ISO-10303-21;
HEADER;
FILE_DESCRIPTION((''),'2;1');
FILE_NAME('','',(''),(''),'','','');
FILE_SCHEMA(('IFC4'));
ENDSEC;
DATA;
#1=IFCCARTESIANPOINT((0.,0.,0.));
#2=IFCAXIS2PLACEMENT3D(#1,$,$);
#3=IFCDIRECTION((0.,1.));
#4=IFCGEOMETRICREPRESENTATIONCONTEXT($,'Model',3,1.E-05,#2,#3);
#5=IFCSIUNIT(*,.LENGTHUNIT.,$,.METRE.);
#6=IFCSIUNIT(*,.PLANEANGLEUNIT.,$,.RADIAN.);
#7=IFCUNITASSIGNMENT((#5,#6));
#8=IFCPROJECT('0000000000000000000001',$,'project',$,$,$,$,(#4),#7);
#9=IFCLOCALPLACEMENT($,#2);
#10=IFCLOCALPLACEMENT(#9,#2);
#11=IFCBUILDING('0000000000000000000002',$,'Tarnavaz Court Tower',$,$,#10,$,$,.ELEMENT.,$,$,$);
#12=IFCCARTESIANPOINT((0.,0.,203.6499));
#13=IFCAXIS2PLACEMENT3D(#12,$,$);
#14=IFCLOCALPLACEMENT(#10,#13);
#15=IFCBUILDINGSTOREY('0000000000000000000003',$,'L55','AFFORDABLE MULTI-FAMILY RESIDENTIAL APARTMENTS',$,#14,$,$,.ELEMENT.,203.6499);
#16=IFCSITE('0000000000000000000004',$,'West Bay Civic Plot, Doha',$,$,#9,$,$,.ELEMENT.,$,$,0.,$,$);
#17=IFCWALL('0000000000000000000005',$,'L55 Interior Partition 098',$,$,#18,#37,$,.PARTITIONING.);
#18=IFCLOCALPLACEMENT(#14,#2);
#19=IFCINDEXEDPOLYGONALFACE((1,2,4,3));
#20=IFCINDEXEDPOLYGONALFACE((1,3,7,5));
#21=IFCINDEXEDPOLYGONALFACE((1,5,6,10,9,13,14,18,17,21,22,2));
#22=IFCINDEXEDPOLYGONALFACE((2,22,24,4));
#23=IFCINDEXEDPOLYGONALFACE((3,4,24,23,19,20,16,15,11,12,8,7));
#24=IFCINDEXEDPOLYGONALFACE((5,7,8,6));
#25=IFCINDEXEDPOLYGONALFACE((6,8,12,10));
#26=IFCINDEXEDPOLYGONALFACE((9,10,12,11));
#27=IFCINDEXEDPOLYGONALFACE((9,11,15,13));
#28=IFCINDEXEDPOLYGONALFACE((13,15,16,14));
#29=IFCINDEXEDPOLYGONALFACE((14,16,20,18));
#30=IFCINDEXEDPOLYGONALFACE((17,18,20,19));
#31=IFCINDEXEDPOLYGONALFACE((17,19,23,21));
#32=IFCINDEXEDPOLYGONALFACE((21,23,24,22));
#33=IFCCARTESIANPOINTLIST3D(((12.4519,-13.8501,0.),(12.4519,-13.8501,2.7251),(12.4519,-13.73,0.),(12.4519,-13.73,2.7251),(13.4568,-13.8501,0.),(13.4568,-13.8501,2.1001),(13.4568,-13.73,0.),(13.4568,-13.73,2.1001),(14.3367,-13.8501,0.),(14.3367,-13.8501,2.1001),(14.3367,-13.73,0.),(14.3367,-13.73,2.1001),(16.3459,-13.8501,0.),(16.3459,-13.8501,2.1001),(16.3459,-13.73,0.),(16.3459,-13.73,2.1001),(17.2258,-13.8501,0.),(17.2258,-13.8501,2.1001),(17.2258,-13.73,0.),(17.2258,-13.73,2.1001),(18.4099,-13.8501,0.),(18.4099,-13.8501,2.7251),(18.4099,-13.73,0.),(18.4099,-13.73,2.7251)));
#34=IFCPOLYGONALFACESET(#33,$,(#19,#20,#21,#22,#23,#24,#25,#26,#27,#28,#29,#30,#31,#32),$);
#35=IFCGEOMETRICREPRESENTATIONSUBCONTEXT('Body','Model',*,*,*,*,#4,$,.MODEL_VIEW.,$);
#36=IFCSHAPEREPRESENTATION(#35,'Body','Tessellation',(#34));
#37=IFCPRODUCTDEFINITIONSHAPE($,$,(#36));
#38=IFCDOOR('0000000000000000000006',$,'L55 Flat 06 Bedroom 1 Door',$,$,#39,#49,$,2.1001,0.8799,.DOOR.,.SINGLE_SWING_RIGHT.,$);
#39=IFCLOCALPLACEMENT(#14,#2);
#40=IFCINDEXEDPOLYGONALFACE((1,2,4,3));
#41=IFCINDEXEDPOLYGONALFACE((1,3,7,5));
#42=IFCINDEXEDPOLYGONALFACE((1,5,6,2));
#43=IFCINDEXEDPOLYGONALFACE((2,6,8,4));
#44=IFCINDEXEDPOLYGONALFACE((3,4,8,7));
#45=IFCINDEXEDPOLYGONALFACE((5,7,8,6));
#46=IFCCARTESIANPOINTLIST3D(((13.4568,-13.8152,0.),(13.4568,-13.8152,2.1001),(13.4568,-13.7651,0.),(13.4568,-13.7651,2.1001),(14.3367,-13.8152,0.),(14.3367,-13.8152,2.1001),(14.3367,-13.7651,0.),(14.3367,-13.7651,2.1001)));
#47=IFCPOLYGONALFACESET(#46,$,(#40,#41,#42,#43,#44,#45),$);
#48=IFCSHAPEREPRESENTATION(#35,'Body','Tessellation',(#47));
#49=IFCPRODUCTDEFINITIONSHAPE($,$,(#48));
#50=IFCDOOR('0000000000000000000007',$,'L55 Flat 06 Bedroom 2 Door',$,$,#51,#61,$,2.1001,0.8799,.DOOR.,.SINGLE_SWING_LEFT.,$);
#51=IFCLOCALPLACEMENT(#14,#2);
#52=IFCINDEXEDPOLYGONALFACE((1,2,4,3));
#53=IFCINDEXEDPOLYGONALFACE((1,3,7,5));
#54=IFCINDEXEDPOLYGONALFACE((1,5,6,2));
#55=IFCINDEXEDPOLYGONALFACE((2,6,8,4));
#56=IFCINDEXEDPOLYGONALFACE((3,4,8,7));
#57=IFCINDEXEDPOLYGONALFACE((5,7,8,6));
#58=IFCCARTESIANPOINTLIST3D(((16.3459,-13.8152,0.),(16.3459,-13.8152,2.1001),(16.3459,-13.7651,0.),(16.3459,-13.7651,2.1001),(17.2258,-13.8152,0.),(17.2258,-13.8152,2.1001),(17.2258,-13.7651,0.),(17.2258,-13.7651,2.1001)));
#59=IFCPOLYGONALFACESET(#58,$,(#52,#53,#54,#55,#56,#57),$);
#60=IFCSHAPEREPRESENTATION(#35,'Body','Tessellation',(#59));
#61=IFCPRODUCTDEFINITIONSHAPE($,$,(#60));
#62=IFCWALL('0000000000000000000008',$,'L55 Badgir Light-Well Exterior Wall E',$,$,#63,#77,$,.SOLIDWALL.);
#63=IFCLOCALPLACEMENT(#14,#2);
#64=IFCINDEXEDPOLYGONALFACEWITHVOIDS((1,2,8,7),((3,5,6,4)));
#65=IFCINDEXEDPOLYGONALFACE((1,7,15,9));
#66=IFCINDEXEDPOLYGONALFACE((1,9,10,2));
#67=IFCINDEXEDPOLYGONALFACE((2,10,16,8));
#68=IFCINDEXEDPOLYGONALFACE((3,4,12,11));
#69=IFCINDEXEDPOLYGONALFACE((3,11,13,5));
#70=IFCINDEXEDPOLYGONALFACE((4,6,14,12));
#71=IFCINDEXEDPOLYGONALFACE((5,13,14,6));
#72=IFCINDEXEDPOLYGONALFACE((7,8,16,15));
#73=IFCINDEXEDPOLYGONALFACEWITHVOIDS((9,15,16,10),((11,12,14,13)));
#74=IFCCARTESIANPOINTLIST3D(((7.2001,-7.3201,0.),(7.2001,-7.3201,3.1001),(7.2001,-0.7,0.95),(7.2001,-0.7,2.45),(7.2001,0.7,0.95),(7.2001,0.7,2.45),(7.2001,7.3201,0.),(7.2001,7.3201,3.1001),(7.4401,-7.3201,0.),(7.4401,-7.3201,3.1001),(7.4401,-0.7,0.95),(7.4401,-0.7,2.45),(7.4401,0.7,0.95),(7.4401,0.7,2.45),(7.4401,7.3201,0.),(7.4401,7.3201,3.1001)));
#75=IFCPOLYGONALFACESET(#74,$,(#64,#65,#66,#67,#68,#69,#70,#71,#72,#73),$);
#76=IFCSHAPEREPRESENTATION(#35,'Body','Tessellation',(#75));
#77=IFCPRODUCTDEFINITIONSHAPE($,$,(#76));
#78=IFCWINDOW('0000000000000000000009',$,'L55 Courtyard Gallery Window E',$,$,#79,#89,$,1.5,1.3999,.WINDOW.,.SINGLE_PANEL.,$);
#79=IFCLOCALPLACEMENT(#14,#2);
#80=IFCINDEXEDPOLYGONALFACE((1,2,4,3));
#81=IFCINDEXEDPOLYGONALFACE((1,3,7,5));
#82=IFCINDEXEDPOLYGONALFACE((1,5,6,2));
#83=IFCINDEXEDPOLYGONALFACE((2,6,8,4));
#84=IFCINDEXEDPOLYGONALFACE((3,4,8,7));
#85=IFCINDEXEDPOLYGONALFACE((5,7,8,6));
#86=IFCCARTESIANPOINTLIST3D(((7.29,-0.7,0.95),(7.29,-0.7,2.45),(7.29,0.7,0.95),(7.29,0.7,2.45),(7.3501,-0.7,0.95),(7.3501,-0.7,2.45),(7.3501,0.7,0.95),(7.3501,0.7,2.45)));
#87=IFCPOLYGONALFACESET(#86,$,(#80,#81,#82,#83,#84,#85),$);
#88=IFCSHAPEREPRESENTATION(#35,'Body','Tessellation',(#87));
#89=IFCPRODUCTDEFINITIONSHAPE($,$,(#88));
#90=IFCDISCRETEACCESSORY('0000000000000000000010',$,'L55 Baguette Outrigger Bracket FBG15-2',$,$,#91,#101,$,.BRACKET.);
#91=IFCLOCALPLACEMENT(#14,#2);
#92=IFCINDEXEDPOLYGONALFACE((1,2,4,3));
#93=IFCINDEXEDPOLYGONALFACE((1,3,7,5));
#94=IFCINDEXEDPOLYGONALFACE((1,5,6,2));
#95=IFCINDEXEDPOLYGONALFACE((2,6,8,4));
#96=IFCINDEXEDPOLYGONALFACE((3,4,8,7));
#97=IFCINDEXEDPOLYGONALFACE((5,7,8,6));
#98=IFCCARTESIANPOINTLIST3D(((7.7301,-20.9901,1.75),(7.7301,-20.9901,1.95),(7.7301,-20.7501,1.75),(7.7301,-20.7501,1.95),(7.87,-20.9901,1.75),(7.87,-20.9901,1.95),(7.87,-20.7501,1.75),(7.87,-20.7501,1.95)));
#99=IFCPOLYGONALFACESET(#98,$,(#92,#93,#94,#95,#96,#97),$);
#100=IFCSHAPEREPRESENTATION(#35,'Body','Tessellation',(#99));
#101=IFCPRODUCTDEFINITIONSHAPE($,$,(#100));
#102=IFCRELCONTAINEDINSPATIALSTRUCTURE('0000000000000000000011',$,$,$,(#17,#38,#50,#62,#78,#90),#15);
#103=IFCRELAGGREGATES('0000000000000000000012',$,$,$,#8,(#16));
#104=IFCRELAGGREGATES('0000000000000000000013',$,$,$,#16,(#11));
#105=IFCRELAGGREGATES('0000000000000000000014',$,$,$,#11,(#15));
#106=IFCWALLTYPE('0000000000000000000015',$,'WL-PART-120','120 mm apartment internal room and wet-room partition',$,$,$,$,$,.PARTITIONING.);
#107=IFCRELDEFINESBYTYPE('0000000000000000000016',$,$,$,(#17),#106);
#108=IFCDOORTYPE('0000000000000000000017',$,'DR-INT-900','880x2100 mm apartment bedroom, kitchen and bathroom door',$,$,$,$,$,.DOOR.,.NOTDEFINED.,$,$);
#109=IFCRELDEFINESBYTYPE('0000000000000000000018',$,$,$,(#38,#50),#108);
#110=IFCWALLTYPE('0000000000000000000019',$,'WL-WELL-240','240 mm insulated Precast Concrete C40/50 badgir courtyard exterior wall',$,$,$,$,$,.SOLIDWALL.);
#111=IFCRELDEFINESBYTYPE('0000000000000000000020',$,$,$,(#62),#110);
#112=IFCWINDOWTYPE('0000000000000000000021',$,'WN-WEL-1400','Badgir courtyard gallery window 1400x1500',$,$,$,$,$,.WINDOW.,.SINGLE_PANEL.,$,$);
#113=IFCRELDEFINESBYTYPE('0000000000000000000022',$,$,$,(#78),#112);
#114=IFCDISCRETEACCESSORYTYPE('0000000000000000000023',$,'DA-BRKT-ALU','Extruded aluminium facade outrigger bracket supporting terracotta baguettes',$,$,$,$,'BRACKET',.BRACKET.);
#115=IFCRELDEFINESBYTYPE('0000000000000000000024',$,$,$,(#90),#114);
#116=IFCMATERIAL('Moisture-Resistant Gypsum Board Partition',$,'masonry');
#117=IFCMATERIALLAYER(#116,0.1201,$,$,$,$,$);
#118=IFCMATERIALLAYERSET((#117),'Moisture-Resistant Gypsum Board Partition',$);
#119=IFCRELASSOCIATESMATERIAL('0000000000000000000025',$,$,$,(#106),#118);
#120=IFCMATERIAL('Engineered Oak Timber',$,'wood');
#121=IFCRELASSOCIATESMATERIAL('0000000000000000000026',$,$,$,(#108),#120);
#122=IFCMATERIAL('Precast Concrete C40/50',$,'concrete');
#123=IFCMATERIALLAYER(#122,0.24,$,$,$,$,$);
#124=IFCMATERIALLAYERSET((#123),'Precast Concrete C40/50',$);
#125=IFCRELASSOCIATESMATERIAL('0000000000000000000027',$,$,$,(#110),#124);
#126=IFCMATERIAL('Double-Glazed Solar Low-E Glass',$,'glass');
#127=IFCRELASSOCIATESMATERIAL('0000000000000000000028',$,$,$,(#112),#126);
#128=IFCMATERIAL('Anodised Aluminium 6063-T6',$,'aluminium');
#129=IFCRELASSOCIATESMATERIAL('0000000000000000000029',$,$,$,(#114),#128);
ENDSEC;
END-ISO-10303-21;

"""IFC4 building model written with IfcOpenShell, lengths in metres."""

from ifc_helpers import new_model, si_unit, direction, frame, frame_2d, origin, origin_2d, place, context, subcontext, project, spatial, rectangle, extrude, material, layer, layer_set, type_object, element, fill, save


model = new_model("IFC4")

# Units and contexts
model_context = context("Model", 3, precision=1e-05, world=origin(), true_north=direction((0.0, 1.0)))
body_context = subcontext(model_context, "Body", "Model", "MODEL_VIEW")
ifc_project = project(units=[si_unit("LENGTHUNIT", "METRE"), si_unit("PLANEANGLEUNIT", "RADIAN")], contexts=[model_context])

# Site, building, storey
site_placement = place(None, origin())
site = spatial("IfcSite", under=ifc_project, at=site_placement, Name="West Bay Civic Plot, Doha", CompositionType="ELEMENT", RefElevation=0.0)
building_placement = place(site_placement, origin())
building = spatial("IfcBuilding", under=site, at=building_placement, Name="Tarnavaz Court Tower", CompositionType="ELEMENT")
storey_placement = place(building_placement, frame((0.0, 0.0, 203.6499)))
storey = spatial("IfcBuildingStorey", under=building, at=storey_placement, Name="L55", Description="AFFORDABLE MULTI-FAMILY RESIDENTIAL APARTMENTS", CompositionType="ELEMENT", Elevation=203.6499)

# Shared definitions
ifc_material_1 = material(Name="Precast Concrete C40/50", Category="concrete")

# Wall, openings, doors
ifc_material_2 = material(Name="Moisture-Resistant Gypsum Board Partition", Category="masonry")
ifc_layer_1 = layer(ifc_material_2, 0.1201)
ifc_layer_set_1 = layer_set([ifc_layer_1], Name="Moisture-Resistant Gypsum Board Partition")
wall_type_1 = type_object("IfcWallType", Name="WL-PART-120", Description="120 mm apartment internal room and wet-room partition", PredefinedType="PARTITIONING", material=ifc_layer_set_1)
wall_1_placement = place(storey_placement, frame((12.4519, -13.79, 0.0), z_axis=(0.0, 0.0, 1.0), x_axis=(1.0, 0.0, 0.0)))
wall_1 = element("IfcWall", 1, at=wall_1_placement, inside=storey, type_object=wall_type_1, Name="L55 Interior Partition 098", PredefinedType="PARTITIONING", context=body_context, shape_type="SweptSolid", body=[
    extrude(rectangle(XDim=5.958, YDim=0.1201, at=frame_2d((2.979, 0.0))), origin(), (0.0, 0.0, 1.0), 2.7251),
])
opening_1_placement = place(wall_1_placement, frame((1.0049, 0.0, 0.0)))
opening_1 = element("IfcOpeningElement", 2, at=opening_1_placement, cuts=wall_1, PredefinedType="OPENING", context=body_context, shape_type="SweptSolid", body=[
    extrude(rectangle(XDim=0.8799, YDim=2.1001, at=frame_2d((0.4399, 1.05))), frame((0.0, 0.0701, 0.0), z_axis=(0.0, -1.0, 0.0), x_axis=(1.0, 0.0, 0.0)), (0.0, 0.0, 1.0), 0.1401),
])
opening_2_placement = place(wall_1_placement, frame((3.894, 0.0, 0.0)))
opening_2 = element("IfcOpeningElement", 3, at=opening_2_placement, cuts=wall_1, PredefinedType="OPENING", context=body_context, shape_type="SweptSolid", body=[
    extrude(rectangle(XDim=0.8799, YDim=2.1001, at=frame_2d((0.4399, 1.05))), frame((0.0, 0.0701, 0.0), z_axis=(0.0, -1.0, 0.0), x_axis=(1.0, 0.0, 0.0)), (0.0, 0.0, 1.0), 0.1401),
])
ifc_material_3 = material(Name="Engineered Oak Timber", Category="wood")
door_type_1 = type_object("IfcDoorType", Name="DR-INT-900", Description="880x2100 mm apartment bedroom, kitchen and bathroom door", OperationType="NOTDEFINED", PredefinedType="DOOR", material=ifc_material_3)
door_1_placement = place(opening_1_placement, origin())
door_1 = element("IfcDoor", 4, at=door_1_placement, inside=storey, type_object=door_type_1, Name="L55 Flat 06 Bedroom 1 Door", OperationType="SINGLE_SWING_RIGHT", OverallHeight=2.1001, OverallWidth=0.8799, PredefinedType="DOOR", context=body_context, shape_type="SweptSolid", body=[
    extrude(rectangle(XDim=0.8799, YDim=2.1001, at=frame_2d((0.4399, 1.05))), frame((0.0, 0.0249, 0.0), z_axis=(0.0, -1.0, 0.0), x_axis=(1.0, 0.0, 0.0)), (0.0, 0.0, 1.0), 0.05),
])
fill(opening_1, door_1)
door_2_placement = place(opening_2_placement, origin())
door_2 = element("IfcDoor", 5, at=door_2_placement, inside=storey, type_object=door_type_1, Name="L55 Flat 06 Bedroom 2 Door", OperationType="SINGLE_SWING_LEFT", OverallHeight=2.1001, OverallWidth=0.8799, PredefinedType="DOOR", context=body_context, shape_type="SweptSolid", body=[
    extrude(rectangle(XDim=0.8799, YDim=2.1001, at=frame_2d((0.4399, 1.05))), frame((0.0, 0.0249, 0.0), z_axis=(0.0, -1.0, 0.0), x_axis=(1.0, 0.0, 0.0)), (0.0, 0.0, 1.0), 0.05),
])
fill(opening_2, door_2)

# Wall, opening, window
ifc_layer_2 = layer(ifc_material_1, 0.24)
ifc_layer_set_2 = layer_set([ifc_layer_2], Name="Precast Concrete C40/50")
wall_type_2 = type_object("IfcWallType", Name="WL-WELL-240", Description="240 mm insulated Precast Concrete C40/50 badgir courtyard exterior wall", PredefinedType="SOLIDWALL", material=ifc_layer_set_2)
wall_2_placement = place(storey_placement, frame((7.3201, -7.3201, 0.0), z_axis=(0.0, 0.0, 1.0), x_axis=(0.0, 1.0, 0.0)))
wall_2 = element("IfcWall", 6, at=wall_2_placement, inside=storey, type_object=wall_type_2, Name="L55 Badgir Light-Well Exterior Wall E", PredefinedType="SOLIDWALL", context=body_context, shape_type="SweptSolid", body=[
    extrude(rectangle(XDim=14.6401, YDim=0.24, at=frame_2d((7.3201, 0.0))), origin(), (0.0, 0.0, 1.0), 3.1001),
])
opening_3_placement = place(wall_2_placement, frame((6.6201, 0.0, 0.95)))
opening_3 = element("IfcOpeningElement", 7, at=opening_3_placement, cuts=wall_2, PredefinedType="OPENING", context=body_context, shape_type="SweptSolid", body=[
    extrude(rectangle(XDim=1.3999, YDim=1.5, at=frame_2d((0.7, 0.75))), frame((0.0, 0.1299, 0.0), z_axis=(0.0, -1.0, 0.0), x_axis=(1.0, 0.0, 0.0)), (0.0, 0.0, 1.0), 0.26),
])
ifc_material_4 = material(Name="Double-Glazed Solar Low-E Glass", Category="glass")
window_type = type_object("IfcWindowType", Name="WN-WEL-1400", Description="Badgir courtyard gallery window 1400x1500", PartitioningType="SINGLE_PANEL", PredefinedType="WINDOW", material=ifc_material_4)
window_placement = place(opening_3_placement, origin())
window = element("IfcWindow", 8, at=window_placement, inside=storey, type_object=window_type, Name="L55 Courtyard Gallery Window E", OverallHeight=1.5, OverallWidth=1.3999, PartitioningType="SINGLE_PANEL", PredefinedType="WINDOW", context=body_context, shape_type="SweptSolid", body=[
    extrude(rectangle(XDim=1.3999, YDim=1.5, at=frame_2d((0.7, 0.75))), frame((0.0, 0.03, 0.0), z_axis=(0.0, -1.0, 0.0), x_axis=(1.0, 0.0, 0.0)), (0.0, 0.0, 1.0), 0.0601),
])
fill(opening_3, window)

# Discrete accessory
ifc_material_5 = material(Name="Anodised Aluminium 6063-T6", Category="aluminium")
discrete_accessory_type = type_object("IfcDiscreteAccessoryType", Name="DA-BRKT-ALU", Description="Extruded aluminium facade outrigger bracket supporting terracotta baguettes", ElementType="BRACKET", PredefinedType="BRACKET", material=ifc_material_5)
discrete_accessory_placement = place(storey_placement, frame((7.8, -20.8701, 1.75), z_axis=(0.0, 0.0, 1.0), x_axis=(-1.0, 0.0, 0.0)))
element("IfcDiscreteAccessory", 9, at=discrete_accessory_placement, inside=storey, type_object=discrete_accessory_type, Name="L55 Baguette Outrigger Bracket FBG15-2", PredefinedType="BRACKET", context=body_context, shape_type="SweptSolid", body=[
    extrude(rectangle(XDim=0.1399, YDim=0.24, at=origin_2d()), origin(), (0.0, 0.0, 1.0), 0.2),
])

save(model, "model.ifc")
